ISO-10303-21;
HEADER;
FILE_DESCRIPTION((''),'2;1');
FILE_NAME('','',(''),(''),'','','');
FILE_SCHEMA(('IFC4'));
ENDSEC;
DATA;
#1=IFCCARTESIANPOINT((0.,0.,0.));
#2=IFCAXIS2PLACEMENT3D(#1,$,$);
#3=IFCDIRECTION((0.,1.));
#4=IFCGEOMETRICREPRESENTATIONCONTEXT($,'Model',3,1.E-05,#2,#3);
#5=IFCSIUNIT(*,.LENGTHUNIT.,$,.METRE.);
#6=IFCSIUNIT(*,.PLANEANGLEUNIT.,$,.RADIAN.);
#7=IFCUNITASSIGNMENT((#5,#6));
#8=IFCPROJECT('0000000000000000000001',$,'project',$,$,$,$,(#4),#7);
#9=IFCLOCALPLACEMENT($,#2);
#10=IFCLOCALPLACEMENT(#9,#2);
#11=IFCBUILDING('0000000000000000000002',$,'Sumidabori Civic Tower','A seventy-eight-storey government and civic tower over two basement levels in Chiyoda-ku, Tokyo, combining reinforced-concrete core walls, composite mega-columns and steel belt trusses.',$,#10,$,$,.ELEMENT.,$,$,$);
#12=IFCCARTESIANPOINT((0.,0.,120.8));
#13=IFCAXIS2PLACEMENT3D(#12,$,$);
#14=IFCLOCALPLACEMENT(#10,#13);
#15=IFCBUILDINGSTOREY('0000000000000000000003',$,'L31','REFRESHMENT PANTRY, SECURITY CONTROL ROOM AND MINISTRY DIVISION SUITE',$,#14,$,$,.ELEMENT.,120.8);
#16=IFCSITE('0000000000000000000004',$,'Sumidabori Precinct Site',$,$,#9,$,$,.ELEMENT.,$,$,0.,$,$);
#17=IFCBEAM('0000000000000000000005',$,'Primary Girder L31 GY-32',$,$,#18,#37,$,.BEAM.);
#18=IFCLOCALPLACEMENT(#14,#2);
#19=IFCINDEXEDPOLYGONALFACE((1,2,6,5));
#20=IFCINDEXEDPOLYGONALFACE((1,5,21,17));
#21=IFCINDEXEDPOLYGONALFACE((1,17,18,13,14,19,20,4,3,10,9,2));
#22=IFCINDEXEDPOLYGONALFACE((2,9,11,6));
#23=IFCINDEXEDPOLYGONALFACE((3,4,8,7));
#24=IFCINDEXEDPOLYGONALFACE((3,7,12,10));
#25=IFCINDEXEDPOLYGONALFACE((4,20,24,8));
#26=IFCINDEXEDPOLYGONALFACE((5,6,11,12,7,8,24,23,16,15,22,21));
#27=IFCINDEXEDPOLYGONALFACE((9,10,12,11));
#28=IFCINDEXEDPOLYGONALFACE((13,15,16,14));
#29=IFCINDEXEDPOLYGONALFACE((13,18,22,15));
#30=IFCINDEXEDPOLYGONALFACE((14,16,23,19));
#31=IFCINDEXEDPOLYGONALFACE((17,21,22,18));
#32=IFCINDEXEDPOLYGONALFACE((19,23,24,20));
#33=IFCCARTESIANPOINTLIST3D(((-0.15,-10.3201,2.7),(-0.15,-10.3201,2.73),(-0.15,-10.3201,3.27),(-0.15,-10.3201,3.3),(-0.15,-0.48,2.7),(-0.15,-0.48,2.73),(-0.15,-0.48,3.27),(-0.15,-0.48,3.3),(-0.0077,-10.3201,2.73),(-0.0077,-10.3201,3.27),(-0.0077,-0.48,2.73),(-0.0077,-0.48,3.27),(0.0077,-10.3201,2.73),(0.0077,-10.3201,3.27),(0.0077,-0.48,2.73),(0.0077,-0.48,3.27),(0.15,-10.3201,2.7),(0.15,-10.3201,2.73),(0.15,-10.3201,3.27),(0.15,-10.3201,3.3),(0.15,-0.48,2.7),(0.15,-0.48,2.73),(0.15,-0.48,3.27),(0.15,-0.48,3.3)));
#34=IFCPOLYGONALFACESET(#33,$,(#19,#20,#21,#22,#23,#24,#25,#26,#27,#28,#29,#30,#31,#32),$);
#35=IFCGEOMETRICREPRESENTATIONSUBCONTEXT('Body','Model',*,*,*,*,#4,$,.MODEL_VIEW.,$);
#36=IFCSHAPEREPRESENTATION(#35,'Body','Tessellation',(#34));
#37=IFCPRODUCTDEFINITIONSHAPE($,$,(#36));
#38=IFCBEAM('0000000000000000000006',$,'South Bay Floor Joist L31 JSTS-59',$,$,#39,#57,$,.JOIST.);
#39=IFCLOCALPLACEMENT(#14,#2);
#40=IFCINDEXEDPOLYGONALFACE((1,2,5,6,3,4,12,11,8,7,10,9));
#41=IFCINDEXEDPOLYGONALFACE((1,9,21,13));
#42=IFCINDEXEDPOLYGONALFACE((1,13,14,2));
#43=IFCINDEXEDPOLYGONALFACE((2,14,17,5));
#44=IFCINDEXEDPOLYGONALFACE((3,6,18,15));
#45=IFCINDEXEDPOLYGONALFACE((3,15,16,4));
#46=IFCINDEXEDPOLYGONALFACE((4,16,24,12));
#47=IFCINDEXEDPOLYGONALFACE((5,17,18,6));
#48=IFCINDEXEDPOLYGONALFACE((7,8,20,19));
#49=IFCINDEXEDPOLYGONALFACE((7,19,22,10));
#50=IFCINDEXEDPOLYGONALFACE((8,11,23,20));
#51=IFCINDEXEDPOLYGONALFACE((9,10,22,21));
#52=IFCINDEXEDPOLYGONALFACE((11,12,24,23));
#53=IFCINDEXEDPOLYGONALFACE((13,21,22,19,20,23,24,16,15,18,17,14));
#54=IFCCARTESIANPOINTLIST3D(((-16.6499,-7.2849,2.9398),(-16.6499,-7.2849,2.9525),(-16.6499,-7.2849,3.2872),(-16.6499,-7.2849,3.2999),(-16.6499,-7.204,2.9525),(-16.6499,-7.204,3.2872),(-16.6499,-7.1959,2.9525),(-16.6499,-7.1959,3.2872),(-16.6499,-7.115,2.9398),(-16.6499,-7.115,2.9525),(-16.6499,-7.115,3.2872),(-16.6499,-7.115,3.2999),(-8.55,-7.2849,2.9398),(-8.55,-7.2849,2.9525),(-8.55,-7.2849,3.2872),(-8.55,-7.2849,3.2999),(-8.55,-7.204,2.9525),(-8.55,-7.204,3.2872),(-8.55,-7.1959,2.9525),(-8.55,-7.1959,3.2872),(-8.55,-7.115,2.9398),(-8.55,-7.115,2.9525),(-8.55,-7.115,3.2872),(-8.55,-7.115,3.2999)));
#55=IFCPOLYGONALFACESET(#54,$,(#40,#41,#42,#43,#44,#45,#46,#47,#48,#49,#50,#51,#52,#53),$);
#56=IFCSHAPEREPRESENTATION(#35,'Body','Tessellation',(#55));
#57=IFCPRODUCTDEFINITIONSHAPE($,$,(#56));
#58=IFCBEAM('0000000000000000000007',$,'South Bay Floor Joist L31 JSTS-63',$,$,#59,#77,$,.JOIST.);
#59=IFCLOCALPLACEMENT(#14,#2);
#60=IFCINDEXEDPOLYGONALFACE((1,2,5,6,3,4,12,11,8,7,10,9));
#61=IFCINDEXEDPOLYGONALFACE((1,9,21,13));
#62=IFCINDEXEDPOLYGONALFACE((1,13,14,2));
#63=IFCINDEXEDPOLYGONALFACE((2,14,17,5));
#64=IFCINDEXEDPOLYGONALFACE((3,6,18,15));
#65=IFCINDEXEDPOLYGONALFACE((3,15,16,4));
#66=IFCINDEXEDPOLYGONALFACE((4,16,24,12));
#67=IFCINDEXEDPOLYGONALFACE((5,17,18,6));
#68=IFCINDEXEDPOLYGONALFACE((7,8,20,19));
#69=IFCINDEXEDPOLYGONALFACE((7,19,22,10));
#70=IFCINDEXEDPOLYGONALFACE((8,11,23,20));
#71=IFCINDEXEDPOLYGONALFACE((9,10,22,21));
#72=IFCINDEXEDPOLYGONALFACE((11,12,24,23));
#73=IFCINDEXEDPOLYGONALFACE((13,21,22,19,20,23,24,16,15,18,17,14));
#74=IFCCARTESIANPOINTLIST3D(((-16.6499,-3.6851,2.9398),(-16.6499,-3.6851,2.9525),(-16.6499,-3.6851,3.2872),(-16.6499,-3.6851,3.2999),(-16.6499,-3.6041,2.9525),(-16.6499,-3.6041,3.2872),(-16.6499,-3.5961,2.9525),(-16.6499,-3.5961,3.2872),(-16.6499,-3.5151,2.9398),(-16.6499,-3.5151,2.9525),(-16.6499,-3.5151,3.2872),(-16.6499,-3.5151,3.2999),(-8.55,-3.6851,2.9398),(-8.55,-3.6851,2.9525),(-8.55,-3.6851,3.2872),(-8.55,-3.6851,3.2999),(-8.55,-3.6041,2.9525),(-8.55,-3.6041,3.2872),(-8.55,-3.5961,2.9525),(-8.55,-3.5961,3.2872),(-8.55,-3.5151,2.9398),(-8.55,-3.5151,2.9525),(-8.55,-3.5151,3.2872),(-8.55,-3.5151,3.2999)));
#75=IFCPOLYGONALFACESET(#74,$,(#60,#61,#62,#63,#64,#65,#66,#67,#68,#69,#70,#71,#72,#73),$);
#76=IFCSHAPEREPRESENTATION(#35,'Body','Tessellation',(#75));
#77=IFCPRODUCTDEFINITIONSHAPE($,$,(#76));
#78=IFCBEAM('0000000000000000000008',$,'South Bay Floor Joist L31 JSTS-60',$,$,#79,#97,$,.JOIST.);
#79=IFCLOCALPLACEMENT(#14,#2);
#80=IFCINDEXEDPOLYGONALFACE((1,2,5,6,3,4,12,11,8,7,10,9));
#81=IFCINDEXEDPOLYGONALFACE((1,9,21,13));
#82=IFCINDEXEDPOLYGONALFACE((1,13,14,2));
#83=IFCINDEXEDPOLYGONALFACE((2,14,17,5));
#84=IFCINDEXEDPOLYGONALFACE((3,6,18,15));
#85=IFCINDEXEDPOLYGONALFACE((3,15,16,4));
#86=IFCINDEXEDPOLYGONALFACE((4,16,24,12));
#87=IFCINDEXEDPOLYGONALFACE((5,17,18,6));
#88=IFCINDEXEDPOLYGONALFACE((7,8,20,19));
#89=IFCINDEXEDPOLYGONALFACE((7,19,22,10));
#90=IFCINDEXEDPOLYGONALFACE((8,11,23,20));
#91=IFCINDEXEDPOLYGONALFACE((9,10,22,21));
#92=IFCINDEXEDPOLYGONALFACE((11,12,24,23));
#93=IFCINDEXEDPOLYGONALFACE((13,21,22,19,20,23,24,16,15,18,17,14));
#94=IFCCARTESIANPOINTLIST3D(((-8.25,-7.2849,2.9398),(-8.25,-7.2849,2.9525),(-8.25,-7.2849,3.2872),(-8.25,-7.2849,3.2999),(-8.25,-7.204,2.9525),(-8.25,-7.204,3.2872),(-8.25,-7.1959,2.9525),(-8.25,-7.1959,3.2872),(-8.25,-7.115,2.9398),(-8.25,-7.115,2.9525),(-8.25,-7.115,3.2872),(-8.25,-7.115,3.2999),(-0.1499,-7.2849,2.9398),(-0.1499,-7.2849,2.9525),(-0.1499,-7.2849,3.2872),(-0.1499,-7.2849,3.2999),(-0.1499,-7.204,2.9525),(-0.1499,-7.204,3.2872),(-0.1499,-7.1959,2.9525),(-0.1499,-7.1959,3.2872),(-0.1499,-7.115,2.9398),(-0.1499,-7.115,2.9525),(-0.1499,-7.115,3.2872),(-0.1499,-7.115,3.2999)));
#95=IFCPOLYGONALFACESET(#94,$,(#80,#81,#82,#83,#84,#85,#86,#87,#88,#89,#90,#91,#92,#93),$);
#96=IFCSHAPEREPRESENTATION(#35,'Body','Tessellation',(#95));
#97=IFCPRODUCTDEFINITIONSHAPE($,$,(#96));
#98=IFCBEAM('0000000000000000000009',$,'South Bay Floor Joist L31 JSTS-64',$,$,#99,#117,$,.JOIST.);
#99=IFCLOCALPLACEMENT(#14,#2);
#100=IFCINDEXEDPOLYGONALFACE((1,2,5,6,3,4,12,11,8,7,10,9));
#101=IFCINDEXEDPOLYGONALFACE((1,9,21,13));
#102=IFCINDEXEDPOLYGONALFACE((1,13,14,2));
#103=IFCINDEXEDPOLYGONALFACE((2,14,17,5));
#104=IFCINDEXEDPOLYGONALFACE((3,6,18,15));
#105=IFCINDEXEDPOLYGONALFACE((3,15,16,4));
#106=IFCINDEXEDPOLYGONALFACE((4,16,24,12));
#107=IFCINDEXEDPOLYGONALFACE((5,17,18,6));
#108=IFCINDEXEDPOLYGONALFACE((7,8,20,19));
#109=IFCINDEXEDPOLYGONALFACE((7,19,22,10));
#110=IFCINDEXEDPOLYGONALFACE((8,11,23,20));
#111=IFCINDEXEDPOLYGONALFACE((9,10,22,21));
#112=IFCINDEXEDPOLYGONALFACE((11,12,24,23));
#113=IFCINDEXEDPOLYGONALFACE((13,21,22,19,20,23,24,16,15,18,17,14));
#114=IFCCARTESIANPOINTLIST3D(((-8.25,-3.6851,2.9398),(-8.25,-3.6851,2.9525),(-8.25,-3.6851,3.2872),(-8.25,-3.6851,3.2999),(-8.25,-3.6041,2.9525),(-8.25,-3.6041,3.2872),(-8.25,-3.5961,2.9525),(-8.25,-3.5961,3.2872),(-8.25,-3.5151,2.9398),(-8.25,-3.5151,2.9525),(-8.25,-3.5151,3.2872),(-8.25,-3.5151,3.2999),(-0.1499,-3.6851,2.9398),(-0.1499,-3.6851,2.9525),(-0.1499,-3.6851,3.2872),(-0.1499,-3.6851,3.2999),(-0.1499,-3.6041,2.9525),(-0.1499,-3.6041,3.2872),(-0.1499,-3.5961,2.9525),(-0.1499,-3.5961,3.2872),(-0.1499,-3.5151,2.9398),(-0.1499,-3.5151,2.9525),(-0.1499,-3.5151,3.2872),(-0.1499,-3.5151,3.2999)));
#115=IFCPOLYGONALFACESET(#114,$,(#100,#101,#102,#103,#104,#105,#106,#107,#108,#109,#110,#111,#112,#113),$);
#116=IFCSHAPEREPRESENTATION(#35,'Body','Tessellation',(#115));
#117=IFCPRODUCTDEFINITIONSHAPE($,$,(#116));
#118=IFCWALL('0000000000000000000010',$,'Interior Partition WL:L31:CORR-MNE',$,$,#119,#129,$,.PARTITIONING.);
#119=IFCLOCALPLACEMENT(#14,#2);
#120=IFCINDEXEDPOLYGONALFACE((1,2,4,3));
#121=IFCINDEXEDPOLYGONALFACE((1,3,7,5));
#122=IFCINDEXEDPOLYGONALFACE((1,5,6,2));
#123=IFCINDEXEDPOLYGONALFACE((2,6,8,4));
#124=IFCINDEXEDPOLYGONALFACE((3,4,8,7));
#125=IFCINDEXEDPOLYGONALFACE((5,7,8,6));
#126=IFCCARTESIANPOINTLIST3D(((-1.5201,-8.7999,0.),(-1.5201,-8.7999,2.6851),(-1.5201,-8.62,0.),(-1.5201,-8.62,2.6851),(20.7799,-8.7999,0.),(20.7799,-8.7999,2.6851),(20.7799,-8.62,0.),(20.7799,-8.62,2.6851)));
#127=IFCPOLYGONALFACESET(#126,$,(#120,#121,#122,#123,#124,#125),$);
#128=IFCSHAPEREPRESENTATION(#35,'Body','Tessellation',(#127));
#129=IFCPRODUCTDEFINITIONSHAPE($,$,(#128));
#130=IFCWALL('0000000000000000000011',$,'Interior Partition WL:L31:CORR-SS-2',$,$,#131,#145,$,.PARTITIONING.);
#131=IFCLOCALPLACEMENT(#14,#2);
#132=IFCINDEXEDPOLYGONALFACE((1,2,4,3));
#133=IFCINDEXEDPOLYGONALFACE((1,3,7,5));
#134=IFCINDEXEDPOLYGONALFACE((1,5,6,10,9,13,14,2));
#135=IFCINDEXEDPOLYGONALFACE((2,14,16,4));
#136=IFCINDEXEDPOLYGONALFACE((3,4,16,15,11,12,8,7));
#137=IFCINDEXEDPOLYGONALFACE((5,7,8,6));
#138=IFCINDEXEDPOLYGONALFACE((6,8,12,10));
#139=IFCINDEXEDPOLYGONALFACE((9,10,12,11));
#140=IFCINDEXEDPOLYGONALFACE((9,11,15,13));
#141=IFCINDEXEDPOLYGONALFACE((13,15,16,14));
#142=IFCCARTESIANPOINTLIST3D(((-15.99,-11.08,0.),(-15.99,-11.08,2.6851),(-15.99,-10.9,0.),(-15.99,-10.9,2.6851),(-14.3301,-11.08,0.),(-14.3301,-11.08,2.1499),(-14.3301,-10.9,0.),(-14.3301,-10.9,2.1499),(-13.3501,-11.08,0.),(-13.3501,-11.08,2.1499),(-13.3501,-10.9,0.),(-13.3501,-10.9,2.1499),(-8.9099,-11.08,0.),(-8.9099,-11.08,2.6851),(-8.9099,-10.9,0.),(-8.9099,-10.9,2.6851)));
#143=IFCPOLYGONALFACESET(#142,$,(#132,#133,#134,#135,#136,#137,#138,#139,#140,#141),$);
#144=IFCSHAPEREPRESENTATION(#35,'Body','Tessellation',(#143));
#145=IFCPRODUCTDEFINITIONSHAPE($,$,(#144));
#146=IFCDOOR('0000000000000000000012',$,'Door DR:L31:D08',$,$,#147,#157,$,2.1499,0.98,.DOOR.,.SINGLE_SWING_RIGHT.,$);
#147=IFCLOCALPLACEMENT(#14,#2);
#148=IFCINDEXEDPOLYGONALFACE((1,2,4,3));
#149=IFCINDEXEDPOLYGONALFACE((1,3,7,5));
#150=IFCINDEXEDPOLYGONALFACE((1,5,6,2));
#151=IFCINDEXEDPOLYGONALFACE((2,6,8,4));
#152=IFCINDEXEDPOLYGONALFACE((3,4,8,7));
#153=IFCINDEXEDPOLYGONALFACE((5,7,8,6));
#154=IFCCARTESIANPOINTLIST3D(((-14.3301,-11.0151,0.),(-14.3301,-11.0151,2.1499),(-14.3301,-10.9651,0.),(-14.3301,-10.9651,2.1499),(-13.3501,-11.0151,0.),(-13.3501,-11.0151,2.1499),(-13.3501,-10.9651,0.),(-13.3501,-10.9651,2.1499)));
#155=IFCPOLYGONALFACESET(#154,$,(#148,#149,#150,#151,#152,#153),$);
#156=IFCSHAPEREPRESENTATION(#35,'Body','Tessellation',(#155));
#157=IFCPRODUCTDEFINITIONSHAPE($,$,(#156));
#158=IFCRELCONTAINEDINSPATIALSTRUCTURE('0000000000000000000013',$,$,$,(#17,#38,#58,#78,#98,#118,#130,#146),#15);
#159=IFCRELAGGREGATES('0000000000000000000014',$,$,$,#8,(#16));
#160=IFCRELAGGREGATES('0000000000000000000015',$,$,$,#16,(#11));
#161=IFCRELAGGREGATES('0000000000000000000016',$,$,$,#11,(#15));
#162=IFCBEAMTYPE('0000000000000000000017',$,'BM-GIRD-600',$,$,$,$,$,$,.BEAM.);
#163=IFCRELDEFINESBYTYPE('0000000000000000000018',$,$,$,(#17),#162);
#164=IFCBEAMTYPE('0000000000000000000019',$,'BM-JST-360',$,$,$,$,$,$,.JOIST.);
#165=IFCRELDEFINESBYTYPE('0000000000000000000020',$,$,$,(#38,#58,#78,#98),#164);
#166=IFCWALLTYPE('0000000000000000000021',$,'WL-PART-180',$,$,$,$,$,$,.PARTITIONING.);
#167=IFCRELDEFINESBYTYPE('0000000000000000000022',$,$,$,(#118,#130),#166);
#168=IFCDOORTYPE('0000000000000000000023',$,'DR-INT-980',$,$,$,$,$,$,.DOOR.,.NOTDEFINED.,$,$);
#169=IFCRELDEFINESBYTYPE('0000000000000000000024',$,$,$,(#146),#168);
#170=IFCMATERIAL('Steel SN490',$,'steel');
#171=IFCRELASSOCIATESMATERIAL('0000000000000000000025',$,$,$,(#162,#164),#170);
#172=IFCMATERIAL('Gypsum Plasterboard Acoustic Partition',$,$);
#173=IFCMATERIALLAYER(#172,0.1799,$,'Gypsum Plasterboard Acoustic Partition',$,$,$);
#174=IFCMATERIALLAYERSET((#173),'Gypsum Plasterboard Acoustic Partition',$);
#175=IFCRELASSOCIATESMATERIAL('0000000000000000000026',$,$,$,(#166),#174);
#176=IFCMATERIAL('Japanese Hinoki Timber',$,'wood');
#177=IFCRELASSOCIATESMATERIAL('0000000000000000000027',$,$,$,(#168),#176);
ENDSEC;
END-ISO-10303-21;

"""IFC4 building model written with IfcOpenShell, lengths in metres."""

from ifc_helpers import new_model, si_unit, direction, frame, frame_2d, origin, origin_2d, place, context, subcontext, project, spatial, rectangle, i_section, extrude, source, transform, mapped, material, layer, layer_set, material_profile, profile_set, type_object, element, fill, save


model = new_model("IFC4")

# Units and contexts
model_context = context("Model", 3, precision=1e-05, world=origin(), true_north=direction((0.0, 1.0)))
body_context = subcontext(model_context, "Body", "Model", "MODEL_VIEW")
ifc_project = project(units=[si_unit("LENGTHUNIT", "METRE"), si_unit("PLANEANGLEUNIT", "RADIAN")], contexts=[model_context])

# Site, building, storey
site_placement = place(None, origin())
site = spatial("IfcSite", under=ifc_project, at=site_placement, Name="Sumidabori Precinct Site", CompositionType="ELEMENT", RefElevation=0.0)
building_placement = place(site_placement, origin())
building = spatial("IfcBuilding", under=site, at=building_placement, Name="Sumidabori Civic Tower", Description="A seventy-eight-storey government and civic tower over two basement levels in Chiyoda-ku, Tokyo, combining reinforced-concrete core walls, composite mega-columns and steel belt trusses.", CompositionType="ELEMENT")
storey_placement = place(building_placement, frame((0.0, 0.0, 120.8)))
storey = spatial("IfcBuildingStorey", under=building, at=storey_placement, Name="L31", Description="REFRESHMENT PANTRY, SECURITY CONTROL ROOM AND MINISTRY DIVISION SUITE", CompositionType="ELEMENT", Elevation=120.8)

# Beams
ifc_material_1 = material(Name="Steel SN490", Category="steel")
ifc_material_profile_1 = material_profile(ifc_material_1, i_section(OverallWidth=0.3, OverallDepth=0.6001, WebThickness=0.0154, FlangeThickness=0.03, at=origin_2d()), Name="HE 600 B")
ifc_profile_set_1 = profile_set([ifc_material_profile_1], Name="Steel SN490")
beam_type_1 = type_object("IfcBeamType", Name="BM-GIRD-600", PredefinedType="BEAM", material=ifc_profile_set_1)
shared_shape_1 = source(origin(), body_context, "Body", "SweptSolid", [
    extrude(i_section(OverallWidth=0.3, OverallDepth=0.6001, WebThickness=0.0154, FlangeThickness=0.03, at=origin_2d()), origin(), (0.0, 0.0, 1.0), 9.8401),
])
for number, where, z_axis, x_axis, name in (
    (1, (0.0, -10.3201, 3.0), (0.0, 1.0, 0.0), (-1.0, 0.0, 0.0), "Primary Girder L31 GY-32"),
):
    element("IfcBeam", number, at=place(storey_placement, frame(where, z_axis=z_axis, x_axis=x_axis)), inside=storey, type_object=beam_type_1, Name=name, PredefinedType="BEAM", context=body_context, shape_type="MappedRepresentation", body=[
        mapped(shared_shape_1, transform((0.0, 0.0, 0.0), x_axis=(1.0, 0.0, 0.0), y_axis=(0.0, 1.0, 0.0), z_axis=(0.0, 0.0, 1.0), scale=1.0)),
    ])
ifc_material_profile_2 = material_profile(ifc_material_1, i_section(OverallWidth=0.1699, OverallDepth=0.3601, WebThickness=0.0081, FlangeThickness=0.0127, at=origin_2d()), Name="IPE 360")
ifc_profile_set_2 = profile_set([ifc_material_profile_2], Name="Steel SN490")
beam_type_2 = type_object("IfcBeamType", Name="BM-JST-360", PredefinedType="JOIST", material=ifc_profile_set_2)
shared_shape_2 = source(origin(), body_context, "Body", "SweptSolid", [
    extrude(i_section(OverallWidth=0.1699, OverallDepth=0.3601, WebThickness=0.0081, FlangeThickness=0.0127, at=origin_2d()), origin(), (0.0, 0.0, 1.0), 8.0999),
])
for number, where, z_axis, x_axis, name in (
    (2, (-16.6499, -7.2, 3.1199), (1.0, 0.0, 0.0), (0.0, 1.0, 0.0), "South Bay Floor Joist L31 JSTS-59"),
    (3, (-16.6499, -3.6001, 3.1199), (1.0, 0.0, 0.0), (0.0, 1.0, 0.0), "South Bay Floor Joist L31 JSTS-63"),
):
    element("IfcBeam", number, at=place(storey_placement, frame(where, z_axis=z_axis, x_axis=x_axis)), inside=storey, type_object=beam_type_2, Name=name, PredefinedType="JOIST", context=body_context, shape_type="MappedRepresentation", body=[
        mapped(shared_shape_2, transform((0.0, 0.0, 0.0), x_axis=(1.0, 0.0, 0.0), y_axis=(0.0, 1.0, 0.0), z_axis=(0.0, 0.0, 1.0), scale=1.0)),
    ])
shared_shape_3 = source(origin(), body_context, "Body", "SweptSolid", [
    extrude(i_section(OverallWidth=0.1699, OverallDepth=0.3601, WebThickness=0.0081, FlangeThickness=0.0127, at=origin_2d()), origin(), (0.0, 0.0, 1.0), 8.1001),
])
for number, where, z_axis, x_axis, name in (
    (4, (-8.25, -7.2, 3.1199), (1.0, 0.0, 0.0), (0.0, 1.0, 0.0), "South Bay Floor Joist L31 JSTS-60"),
    (5, (-8.25, -3.6001, 3.1199), (1.0, 0.0, 0.0), (0.0, 1.0, 0.0), "South Bay Floor Joist L31 JSTS-64"),
):
    element("IfcBeam", number, at=place(storey_placement, frame(where, z_axis=z_axis, x_axis=x_axis)), inside=storey, type_object=beam_type_2, Name=name, PredefinedType="JOIST", context=body_context, shape_type="MappedRepresentation", body=[
        mapped(shared_shape_3, transform((0.0, 0.0, 0.0), x_axis=(1.0, 0.0, 0.0), y_axis=(0.0, 1.0, 0.0), z_axis=(0.0, 0.0, 1.0), scale=1.0)),
    ])

# Wall
ifc_material_2 = material(Name="Gypsum Plasterboard Acoustic Partition")
ifc_layer = layer(ifc_material_2, 0.1799, Name="Gypsum Plasterboard Acoustic Partition")
ifc_layer_set = layer_set([ifc_layer], Name="Gypsum Plasterboard Acoustic Partition")
wall_type = type_object("IfcWallType", Name="WL-PART-180", PredefinedType="PARTITIONING", material=ifc_layer_set)
shared_shape_4 = source(origin(), body_context, "Body", "SweptSolid", [
    extrude(rectangle(XDim=22.3, YDim=0.1799, at=frame_2d((11.1499, 0.0))), origin(), (0.0, 0.0, 1.0), 2.6851),
])
wall_1_placement = place(storey_placement, frame((-1.52, -8.71, 0.0), z_axis=(0.0, 0.0, 1.0), x_axis=(1.0, 0.0, 0.0)))
element("IfcWall", 6, at=wall_1_placement, inside=storey, type_object=wall_type, Name="Interior Partition WL:L31:CORR-MNE", PredefinedType="PARTITIONING", context=body_context, shape_type="MappedRepresentation", body=[
    mapped(shared_shape_4, transform((0.0, 0.0, 0.0), x_axis=(1.0, 0.0, 0.0), y_axis=(0.0, 1.0, 0.0), z_axis=(0.0, 0.0, 1.0), scale=1.0)),
])

# Wall, opening, door
shared_shape_5 = source(origin(), body_context, "Body", "SweptSolid", [
    extrude(rectangle(XDim=7.0801, YDim=0.1799, at=frame_2d((3.54, 0.0))), origin(), (0.0, 0.0, 1.0), 2.6851),
])
wall_2_placement = place(storey_placement, frame((-15.99, -10.99, 0.0), z_axis=(0.0, 0.0, 1.0), x_axis=(1.0, 0.0, 0.0)))
wall_2 = element("IfcWall", 7, at=wall_2_placement, inside=storey, type_object=wall_type, Name="Interior Partition WL:L31:CORR-SS-2", PredefinedType="PARTITIONING", context=body_context, shape_type="MappedRepresentation", body=[
    mapped(shared_shape_5, transform((0.0, 0.0, 0.0), x_axis=(1.0, 0.0, 0.0), y_axis=(0.0, 1.0, 0.0), z_axis=(0.0, 0.0, 1.0), scale=1.0)),
])
opening_1_placement = place(wall_2_placement, frame((1.6599, 0.0, 0.0)))
opening_1 = element("IfcOpeningElement", 8, at=opening_1_placement, cuts=wall_2, PredefinedType="OPENING", context=body_context, shape_type="SweptSolid", body=[
    extrude(rectangle(XDim=0.98, YDim=2.1499, at=frame_2d((0.49, 1.075))), frame((0.0, 0.1021, 0.0), z_axis=(0.0, -1.0, 0.0), x_axis=(1.0, 0.0, 0.0)), (0.0, 0.0, 1.0), 0.2039),
])
ifc_material_3 = material(Name="Japanese Hinoki Timber", Category="wood")
door_type = type_object("IfcDoorType", Name="DR-INT-980", OperationType="NOTDEFINED", PredefinedType="DOOR", material=ifc_material_3)
shared_shape_6 = source(origin(), body_context, "Body", "SweptSolid", [
    extrude(rectangle(XDim=0.98, YDim=2.1499, at=frame_2d((0.49, 1.075))), frame((0.0, 0.0249, 0.0), z_axis=(0.0, -1.0, 0.0), x_axis=(1.0, 0.0, 0.0)), (0.0, 0.0, 1.0), 0.05),
])
door_1_placement = place(opening_1_placement, origin())
door_1 = element("IfcDoor", 9, at=door_1_placement, inside=storey, type_object=door_type, Name="Door DR:L31:D08", OperationType="SINGLE_SWING_RIGHT", OverallHeight=2.1499, OverallWidth=0.98, PredefinedType="DOOR", context=body_context, shape_type="MappedRepresentation", body=[
    mapped(shared_shape_6, transform((0.0, 0.0, 0.0), x_axis=(1.0, 0.0, 0.0), y_axis=(0.0, 1.0, 0.0), z_axis=(0.0, 0.0, 1.0), scale=1.0)),
])
fill(opening_1, door_1)

save(model, "model.ifc")
